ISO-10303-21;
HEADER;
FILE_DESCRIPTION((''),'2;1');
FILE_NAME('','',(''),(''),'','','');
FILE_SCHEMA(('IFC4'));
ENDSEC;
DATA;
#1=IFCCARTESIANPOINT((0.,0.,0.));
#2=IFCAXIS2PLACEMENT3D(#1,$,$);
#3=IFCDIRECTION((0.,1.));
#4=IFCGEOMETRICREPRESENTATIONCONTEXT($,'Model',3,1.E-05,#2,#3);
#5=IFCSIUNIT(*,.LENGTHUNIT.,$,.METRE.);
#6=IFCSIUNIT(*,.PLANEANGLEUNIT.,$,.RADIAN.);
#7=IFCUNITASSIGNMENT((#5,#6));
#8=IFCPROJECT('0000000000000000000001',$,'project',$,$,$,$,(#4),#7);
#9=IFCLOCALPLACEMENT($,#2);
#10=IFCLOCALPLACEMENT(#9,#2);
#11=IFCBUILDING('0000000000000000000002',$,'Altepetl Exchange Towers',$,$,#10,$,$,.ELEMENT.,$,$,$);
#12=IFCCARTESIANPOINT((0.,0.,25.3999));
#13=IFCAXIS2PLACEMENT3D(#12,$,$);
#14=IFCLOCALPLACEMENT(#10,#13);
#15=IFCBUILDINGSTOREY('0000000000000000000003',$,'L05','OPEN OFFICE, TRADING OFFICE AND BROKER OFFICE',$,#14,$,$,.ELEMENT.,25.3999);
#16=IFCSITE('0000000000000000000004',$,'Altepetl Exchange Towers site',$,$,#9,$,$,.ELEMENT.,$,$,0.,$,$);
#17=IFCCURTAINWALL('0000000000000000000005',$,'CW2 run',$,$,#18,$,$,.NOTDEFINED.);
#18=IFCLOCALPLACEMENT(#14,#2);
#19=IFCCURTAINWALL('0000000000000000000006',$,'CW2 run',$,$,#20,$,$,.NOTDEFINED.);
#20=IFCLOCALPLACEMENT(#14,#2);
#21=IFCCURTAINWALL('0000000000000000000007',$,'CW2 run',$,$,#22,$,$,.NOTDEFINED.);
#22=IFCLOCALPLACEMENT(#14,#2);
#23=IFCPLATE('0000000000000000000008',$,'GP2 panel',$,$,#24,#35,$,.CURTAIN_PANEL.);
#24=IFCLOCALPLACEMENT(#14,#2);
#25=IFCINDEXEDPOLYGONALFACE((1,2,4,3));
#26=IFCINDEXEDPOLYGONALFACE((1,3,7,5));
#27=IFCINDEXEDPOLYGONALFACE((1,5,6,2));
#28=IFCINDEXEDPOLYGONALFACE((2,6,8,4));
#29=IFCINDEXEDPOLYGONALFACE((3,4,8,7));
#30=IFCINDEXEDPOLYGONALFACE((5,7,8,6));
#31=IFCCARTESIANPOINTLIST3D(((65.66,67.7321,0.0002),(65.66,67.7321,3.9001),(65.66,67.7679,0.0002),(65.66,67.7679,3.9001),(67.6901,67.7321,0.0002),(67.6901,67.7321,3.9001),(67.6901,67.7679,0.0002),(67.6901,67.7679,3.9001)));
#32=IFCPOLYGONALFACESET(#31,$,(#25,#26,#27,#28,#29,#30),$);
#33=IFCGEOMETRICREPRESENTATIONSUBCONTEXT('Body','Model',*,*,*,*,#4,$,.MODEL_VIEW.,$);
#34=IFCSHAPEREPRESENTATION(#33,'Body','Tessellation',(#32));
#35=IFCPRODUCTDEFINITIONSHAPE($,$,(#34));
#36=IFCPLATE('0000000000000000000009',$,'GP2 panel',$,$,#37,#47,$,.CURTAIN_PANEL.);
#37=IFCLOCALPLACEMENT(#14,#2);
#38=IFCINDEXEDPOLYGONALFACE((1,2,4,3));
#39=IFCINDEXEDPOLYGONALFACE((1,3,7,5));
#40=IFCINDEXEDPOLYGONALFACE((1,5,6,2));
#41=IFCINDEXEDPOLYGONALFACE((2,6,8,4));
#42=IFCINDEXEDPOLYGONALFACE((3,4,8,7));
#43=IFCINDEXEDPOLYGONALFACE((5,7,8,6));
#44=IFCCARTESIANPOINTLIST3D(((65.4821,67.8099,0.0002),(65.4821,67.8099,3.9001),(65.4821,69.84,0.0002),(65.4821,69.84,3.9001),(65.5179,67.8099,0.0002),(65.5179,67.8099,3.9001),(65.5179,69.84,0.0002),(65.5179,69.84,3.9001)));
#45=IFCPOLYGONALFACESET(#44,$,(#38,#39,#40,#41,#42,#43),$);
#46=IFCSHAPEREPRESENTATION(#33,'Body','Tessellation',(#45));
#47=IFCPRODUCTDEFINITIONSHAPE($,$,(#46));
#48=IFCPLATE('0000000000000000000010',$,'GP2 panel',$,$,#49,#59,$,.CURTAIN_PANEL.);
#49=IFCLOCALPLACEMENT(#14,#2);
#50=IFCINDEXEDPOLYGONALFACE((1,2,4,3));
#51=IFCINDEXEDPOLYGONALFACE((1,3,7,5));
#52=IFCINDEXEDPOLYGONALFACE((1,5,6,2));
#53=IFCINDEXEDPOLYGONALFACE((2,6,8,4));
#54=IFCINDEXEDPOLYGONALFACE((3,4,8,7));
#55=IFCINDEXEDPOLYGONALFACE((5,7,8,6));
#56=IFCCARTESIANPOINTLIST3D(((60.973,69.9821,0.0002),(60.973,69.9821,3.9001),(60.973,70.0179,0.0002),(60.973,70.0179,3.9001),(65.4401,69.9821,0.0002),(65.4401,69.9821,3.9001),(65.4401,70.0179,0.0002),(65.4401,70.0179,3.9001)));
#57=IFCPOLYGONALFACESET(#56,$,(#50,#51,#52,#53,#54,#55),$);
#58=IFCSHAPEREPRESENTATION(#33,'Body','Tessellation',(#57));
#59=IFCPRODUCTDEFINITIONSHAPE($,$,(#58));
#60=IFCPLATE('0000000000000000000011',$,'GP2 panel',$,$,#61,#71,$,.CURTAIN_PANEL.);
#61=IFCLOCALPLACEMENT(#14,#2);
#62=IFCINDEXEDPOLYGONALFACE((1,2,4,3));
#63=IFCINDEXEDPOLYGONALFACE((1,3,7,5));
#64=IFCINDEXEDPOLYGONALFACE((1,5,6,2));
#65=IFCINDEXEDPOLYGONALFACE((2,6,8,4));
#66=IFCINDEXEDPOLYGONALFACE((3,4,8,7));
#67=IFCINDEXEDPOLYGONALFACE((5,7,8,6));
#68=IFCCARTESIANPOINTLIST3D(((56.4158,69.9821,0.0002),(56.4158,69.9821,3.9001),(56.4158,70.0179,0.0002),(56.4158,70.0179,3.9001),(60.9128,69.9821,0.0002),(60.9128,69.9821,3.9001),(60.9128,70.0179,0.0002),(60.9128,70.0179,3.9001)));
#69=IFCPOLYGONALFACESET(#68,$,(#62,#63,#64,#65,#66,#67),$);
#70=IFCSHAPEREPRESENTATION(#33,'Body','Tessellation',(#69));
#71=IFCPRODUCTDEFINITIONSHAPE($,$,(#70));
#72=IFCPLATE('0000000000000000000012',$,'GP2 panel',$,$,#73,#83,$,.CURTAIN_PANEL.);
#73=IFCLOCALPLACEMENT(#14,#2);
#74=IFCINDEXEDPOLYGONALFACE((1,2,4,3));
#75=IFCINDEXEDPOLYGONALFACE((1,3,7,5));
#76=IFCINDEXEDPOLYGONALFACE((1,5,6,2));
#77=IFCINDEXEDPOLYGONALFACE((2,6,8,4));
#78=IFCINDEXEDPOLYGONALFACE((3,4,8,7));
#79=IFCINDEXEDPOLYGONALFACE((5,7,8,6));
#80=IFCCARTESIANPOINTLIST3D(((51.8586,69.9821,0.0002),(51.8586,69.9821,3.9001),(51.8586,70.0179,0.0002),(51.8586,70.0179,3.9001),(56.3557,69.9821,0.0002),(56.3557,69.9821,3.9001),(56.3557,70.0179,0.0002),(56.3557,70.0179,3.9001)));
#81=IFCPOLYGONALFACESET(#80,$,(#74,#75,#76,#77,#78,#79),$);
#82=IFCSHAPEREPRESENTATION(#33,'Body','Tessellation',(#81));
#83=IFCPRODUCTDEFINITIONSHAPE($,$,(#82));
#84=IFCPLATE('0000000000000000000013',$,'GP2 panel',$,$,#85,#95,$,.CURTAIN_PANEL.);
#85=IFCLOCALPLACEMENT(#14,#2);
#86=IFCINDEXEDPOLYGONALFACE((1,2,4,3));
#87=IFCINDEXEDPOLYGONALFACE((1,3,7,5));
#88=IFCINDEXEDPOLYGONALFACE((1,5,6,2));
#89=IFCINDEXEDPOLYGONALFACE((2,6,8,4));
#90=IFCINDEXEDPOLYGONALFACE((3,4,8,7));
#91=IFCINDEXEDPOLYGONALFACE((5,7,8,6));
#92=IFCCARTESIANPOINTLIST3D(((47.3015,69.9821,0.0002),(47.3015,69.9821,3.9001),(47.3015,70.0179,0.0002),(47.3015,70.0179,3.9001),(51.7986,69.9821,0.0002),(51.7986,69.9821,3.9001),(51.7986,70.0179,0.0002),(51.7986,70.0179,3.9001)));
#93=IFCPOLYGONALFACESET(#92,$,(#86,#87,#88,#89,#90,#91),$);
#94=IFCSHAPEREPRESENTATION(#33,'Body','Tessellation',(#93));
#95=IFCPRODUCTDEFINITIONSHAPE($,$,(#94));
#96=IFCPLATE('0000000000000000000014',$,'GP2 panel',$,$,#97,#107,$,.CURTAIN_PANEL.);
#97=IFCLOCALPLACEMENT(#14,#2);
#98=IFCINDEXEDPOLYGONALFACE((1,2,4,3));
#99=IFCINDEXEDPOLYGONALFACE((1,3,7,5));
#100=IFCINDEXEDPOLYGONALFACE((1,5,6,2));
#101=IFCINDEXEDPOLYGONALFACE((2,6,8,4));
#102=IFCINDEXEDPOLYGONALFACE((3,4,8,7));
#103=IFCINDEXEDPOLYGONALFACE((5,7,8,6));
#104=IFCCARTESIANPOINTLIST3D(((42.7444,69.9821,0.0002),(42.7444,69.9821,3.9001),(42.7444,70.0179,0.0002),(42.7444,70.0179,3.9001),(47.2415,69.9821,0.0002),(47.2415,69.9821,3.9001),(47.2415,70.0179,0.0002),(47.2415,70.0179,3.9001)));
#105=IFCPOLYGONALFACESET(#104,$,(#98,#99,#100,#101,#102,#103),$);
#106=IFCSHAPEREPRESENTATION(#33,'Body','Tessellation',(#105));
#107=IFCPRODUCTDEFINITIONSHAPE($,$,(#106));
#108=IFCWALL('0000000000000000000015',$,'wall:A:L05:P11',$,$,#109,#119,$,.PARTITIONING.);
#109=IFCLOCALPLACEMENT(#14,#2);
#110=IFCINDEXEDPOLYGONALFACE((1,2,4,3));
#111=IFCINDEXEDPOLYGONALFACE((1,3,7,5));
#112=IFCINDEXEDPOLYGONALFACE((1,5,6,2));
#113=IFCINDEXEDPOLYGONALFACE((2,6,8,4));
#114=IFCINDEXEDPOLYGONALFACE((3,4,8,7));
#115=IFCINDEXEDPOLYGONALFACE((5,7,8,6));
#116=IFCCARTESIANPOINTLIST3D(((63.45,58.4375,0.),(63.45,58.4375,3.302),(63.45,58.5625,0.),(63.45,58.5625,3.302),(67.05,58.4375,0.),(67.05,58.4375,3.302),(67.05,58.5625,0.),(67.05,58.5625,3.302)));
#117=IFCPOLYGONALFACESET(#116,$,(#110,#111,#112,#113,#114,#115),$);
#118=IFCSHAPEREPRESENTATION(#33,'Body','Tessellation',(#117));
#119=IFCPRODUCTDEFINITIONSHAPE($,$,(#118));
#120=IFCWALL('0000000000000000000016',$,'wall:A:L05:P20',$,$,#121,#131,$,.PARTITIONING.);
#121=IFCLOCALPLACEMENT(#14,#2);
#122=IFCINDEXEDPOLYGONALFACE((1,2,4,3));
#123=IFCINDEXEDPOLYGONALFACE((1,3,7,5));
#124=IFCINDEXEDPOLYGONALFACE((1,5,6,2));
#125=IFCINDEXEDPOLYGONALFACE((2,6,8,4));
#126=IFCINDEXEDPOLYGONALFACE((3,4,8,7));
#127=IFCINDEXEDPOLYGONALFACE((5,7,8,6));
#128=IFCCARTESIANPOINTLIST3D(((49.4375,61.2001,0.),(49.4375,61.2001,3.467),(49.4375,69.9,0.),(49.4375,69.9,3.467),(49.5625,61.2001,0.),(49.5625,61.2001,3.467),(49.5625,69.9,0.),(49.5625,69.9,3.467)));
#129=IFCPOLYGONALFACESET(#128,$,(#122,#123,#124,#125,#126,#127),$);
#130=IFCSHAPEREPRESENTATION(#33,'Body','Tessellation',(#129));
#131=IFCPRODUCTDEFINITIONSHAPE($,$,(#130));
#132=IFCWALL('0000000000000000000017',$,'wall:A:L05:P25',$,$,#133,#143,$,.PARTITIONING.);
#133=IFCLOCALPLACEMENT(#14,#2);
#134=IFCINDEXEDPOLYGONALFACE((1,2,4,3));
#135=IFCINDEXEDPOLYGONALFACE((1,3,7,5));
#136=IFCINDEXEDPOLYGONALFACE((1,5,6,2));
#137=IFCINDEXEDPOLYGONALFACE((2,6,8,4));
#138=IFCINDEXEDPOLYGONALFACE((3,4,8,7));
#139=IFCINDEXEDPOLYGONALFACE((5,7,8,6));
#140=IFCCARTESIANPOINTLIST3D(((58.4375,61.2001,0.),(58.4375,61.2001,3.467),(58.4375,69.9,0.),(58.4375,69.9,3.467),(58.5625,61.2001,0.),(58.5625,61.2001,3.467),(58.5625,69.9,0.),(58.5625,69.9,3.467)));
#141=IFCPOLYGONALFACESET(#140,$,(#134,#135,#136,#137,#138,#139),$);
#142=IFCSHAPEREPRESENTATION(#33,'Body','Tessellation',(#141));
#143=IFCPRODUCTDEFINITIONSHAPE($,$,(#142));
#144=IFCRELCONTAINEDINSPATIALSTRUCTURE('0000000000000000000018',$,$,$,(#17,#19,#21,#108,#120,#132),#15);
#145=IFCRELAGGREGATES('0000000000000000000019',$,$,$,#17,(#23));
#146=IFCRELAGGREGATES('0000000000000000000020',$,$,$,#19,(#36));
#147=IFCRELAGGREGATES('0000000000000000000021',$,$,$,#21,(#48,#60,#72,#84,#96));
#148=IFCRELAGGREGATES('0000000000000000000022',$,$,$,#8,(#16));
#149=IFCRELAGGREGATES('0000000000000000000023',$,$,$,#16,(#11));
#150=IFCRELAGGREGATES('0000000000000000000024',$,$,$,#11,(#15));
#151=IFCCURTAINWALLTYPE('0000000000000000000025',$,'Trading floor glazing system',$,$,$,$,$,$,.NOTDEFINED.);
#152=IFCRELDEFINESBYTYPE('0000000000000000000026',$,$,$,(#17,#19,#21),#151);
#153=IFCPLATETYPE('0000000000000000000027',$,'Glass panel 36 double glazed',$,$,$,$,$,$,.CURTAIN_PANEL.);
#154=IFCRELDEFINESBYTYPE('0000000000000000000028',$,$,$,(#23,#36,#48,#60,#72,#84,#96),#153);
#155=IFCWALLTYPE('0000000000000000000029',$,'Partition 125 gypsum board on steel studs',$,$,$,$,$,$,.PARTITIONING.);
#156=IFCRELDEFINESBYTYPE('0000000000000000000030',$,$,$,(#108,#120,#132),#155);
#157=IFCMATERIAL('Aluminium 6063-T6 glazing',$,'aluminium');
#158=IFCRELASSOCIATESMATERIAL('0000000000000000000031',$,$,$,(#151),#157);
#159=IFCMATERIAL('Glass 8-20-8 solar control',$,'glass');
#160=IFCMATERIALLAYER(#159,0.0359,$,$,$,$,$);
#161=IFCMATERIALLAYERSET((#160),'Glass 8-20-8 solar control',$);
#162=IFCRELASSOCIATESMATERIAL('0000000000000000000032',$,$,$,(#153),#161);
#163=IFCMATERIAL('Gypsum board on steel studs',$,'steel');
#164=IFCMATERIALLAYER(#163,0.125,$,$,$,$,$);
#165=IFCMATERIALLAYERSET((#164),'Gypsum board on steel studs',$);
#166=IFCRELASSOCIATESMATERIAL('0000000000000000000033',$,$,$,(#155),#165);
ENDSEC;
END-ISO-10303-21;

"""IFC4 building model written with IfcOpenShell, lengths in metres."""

from ifc_helpers import new_model, si_unit, direction, frame, frame_2d, origin, origin_2d, place, context, subcontext, project, spatial, rectangle, extrude, material, layer, layer_set, type_object, element, aggregate, save


model = new_model("IFC4")

# Units and contexts
model_context = context("Model", 3, precision=1e-05, world=origin(), true_north=direction((0.0, 1.0)))
body_context = subcontext(model_context, "Body", "Model", "MODEL_VIEW")
ifc_project = project(units=[si_unit("LENGTHUNIT", "METRE"), si_unit("PLANEANGLEUNIT", "RADIAN")], contexts=[model_context])

# Site, building, storey
site_placement = place(None, origin())
site = spatial("IfcSite", under=ifc_project, at=site_placement, Name="Altepetl Exchange Towers site", CompositionType="ELEMENT", RefElevation=0.0)
building_placement = place(site_placement, origin())
building = spatial("IfcBuilding", under=site, at=building_placement, Name="Altepetl Exchange Towers", CompositionType="ELEMENT")
storey_placement = place(building_placement, frame((0.0, 0.0, 25.3999)))
storey = spatial("IfcBuildingStorey", under=building, at=storey_placement, Name="L05", Description="OPEN OFFICE, TRADING OFFICE AND BROKER OFFICE", CompositionType="ELEMENT", Elevation=25.3999)

# Curtain wall
ifc_material_1 = material(Name="Aluminium 6063-T6 glazing", Category="aluminium")
curtain_wall_type = type_object("IfcCurtainWallType", Name="Trading floor glazing system", PredefinedType="NOTDEFINED", material=ifc_material_1)
curtain_wall_1_placement = place(storey_placement, origin())
curtain_wall_1 = element("IfcCurtainWall", 1, at=curtain_wall_1_placement, inside=storey, type_object=curtain_wall_type, Name="CW2 run", PredefinedType="NOTDEFINED")

# Curtain walls
curtain_wall_2_placement = place(storey_placement, origin())
curtain_wall_2 = element("IfcCurtainWall", 2, at=curtain_wall_2_placement, inside=storey, type_object=curtain_wall_type, Name="CW2 run", PredefinedType="NOTDEFINED")
curtain_wall_3_placement = place(storey_placement, origin())
curtain_wall_3 = element("IfcCurtainWall", 3, at=curtain_wall_3_placement, inside=storey, type_object=curtain_wall_type, Name="CW2 run", PredefinedType="NOTDEFINED")

# Plates
ifc_material_2 = material(Name="Glass 8-20-8 solar control", Category="glass")
ifc_layer_1 = layer(ifc_material_2, 0.0359)
ifc_layer_set_1 = layer_set([ifc_layer_1], Name="Glass 8-20-8 solar control")
plate_type = type_object("IfcPlateType", Name="Glass panel 36 double glazed", PredefinedType="CURTAIN_PANEL", material=ifc_layer_set_1)
plate_1_placement = place(storey_placement, frame((66.675, 67.75, 0.0002), z_axis=(0.0, 0.0, 1.0), x_axis=(-1.0, 0.0, 0.0)))
plate_1 = element("IfcPlate", 4, at=plate_1_placement, type_object=plate_type, Name="GP2 panel", PredefinedType="CURTAIN_PANEL", context=body_context, shape_type="SweptSolid", body=[
    extrude(rectangle(XDim=2.03, YDim=0.0359, at=origin_2d()), origin(), (0.0, 0.0, 1.0), 3.8999),
])
aggregate(curtain_wall_1, [plate_1])
plate_2_placement = place(storey_placement, frame((65.5, 68.825, 0.0002), z_axis=(0.0, 0.0, 1.0), x_axis=(0.0, 1.0, 0.0)))
plate_2 = element("IfcPlate", 5, at=plate_2_placement, type_object=plate_type, Name="GP2 panel", PredefinedType="CURTAIN_PANEL", context=body_context, shape_type="SweptSolid", body=[
    extrude(rectangle(XDim=2.03, YDim=0.0359, at=origin_2d()), origin(), (0.0, 0.0, 1.0), 3.8999),
])
aggregate(curtain_wall_2, [plate_2])
plate_3_placement = place(storey_placement, frame((63.2065, 70.0, 0.0002), z_axis=(0.0, 0.0, 1.0), x_axis=(-1.0, 0.0, 0.0)))
plate_3 = element("IfcPlate", 6, at=plate_3_placement, type_object=plate_type, Name="GP2 panel", PredefinedType="CURTAIN_PANEL", context=body_context, shape_type="SweptSolid", body=[
    extrude(rectangle(XDim=4.467, YDim=0.0359, at=origin_2d()), origin(), (0.0, 0.0, 1.0), 3.8999),
])
plate_4_placement = place(storey_placement, frame((58.6643, 70.0, 0.0002), z_axis=(0.0, 0.0, 1.0), x_axis=(-1.0, 0.0, 0.0)))
plate_4 = element("IfcPlate", 7, at=plate_4_placement, type_object=plate_type, Name="GP2 panel", PredefinedType="CURTAIN_PANEL", context=body_context, shape_type="SweptSolid", body=[
    extrude(rectangle(XDim=4.4971, YDim=0.0359, at=origin_2d()), origin(), (0.0, 0.0, 1.0), 3.8999),
])
plate_5_placement = place(storey_placement, frame((54.1072, 70.0, 0.0002), z_axis=(0.0, 0.0, 1.0), x_axis=(-1.0, 0.0, 0.0)))
plate_5 = element("IfcPlate", 8, at=plate_5_placement, type_object=plate_type, Name="GP2 panel", PredefinedType="CURTAIN_PANEL", context=body_context, shape_type="SweptSolid", body=[
    extrude(rectangle(XDim=4.4971, YDim=0.0359, at=origin_2d()), origin(), (0.0, 0.0, 1.0), 3.8999),
])
plate_6_placement = place(storey_placement, frame((49.55, 70.0, 0.0002), z_axis=(0.0, 0.0, 1.0), x_axis=(-1.0, 0.0, 0.0)))
plate_6 = element("IfcPlate", 9, at=plate_6_placement, type_object=plate_type, Name="GP2 panel", PredefinedType="CURTAIN_PANEL", context=body_context, shape_type="SweptSolid", body=[
    extrude(rectangle(XDim=4.4971, YDim=0.0359, at=origin_2d()), origin(), (0.0, 0.0, 1.0), 3.8999),
])
plate_7_placement = place(storey_placement, frame((44.9929, 70.0, 0.0002), z_axis=(0.0, 0.0, 1.0), x_axis=(-1.0, 0.0, 0.0)))
plate_7 = element("IfcPlate", 10, at=plate_7_placement, type_object=plate_type, Name="GP2 panel", PredefinedType="CURTAIN_PANEL", context=body_context, shape_type="SweptSolid", body=[
    extrude(rectangle(XDim=4.4971, YDim=0.0359, at=origin_2d()), origin(), (0.0, 0.0, 1.0), 3.8999),
])
aggregate(curtain_wall_3, [plate_3, plate_4, plate_5, plate_6, plate_7])

# Walls
ifc_material_3 = material(Name="Gypsum board on steel studs", Category="steel")
ifc_layer_2 = layer(ifc_material_3, 0.125)
ifc_layer_set_2 = layer_set([ifc_layer_2], Name="Gypsum board on steel studs")
wall_type = type_object("IfcWallType", Name="Partition 125 gypsum board on steel studs", PredefinedType="PARTITIONING", material=ifc_layer_set_2)
wall_placement = place(storey_placement, frame((63.45, 58.5, 0.0)))
element("IfcWall", 11, at=wall_placement, inside=storey, type_object=wall_type, Name="wall:A:L05:P11", PredefinedType="PARTITIONING", context=body_context, shape_type="SweptSolid", body=[
    extrude(rectangle(XDim=3.6001, YDim=0.125, at=frame_2d((1.8, 0.0))), origin(), (0.0, 0.0, 1.0), 3.302),
])
for number, where, z_axis, x_axis, name in (
    (12, (49.5, 61.2, 0.0), (0.0, 0.0, 1.0), (0.0, 1.0, 0.0), "wall:A:L05:P20"),
    (13, (58.5, 61.2, 0.0), (0.0, 0.0, 1.0), (0.0, 1.0, 0.0), "wall:A:L05:P25"),
):
    element("IfcWall", number, at=place(storey_placement, frame(where, z_axis=z_axis, x_axis=x_axis)), inside=storey, type_object=wall_type, Name=name, PredefinedType="PARTITIONING", context=body_context, shape_type="SweptSolid", body=[
        extrude(rectangle(XDim=8.7, YDim=0.125, at=frame_2d((4.3501, 0.0))), origin(), (0.0, 0.0, 1.0), 3.467),
    ])

save(model, "model.ifc")
